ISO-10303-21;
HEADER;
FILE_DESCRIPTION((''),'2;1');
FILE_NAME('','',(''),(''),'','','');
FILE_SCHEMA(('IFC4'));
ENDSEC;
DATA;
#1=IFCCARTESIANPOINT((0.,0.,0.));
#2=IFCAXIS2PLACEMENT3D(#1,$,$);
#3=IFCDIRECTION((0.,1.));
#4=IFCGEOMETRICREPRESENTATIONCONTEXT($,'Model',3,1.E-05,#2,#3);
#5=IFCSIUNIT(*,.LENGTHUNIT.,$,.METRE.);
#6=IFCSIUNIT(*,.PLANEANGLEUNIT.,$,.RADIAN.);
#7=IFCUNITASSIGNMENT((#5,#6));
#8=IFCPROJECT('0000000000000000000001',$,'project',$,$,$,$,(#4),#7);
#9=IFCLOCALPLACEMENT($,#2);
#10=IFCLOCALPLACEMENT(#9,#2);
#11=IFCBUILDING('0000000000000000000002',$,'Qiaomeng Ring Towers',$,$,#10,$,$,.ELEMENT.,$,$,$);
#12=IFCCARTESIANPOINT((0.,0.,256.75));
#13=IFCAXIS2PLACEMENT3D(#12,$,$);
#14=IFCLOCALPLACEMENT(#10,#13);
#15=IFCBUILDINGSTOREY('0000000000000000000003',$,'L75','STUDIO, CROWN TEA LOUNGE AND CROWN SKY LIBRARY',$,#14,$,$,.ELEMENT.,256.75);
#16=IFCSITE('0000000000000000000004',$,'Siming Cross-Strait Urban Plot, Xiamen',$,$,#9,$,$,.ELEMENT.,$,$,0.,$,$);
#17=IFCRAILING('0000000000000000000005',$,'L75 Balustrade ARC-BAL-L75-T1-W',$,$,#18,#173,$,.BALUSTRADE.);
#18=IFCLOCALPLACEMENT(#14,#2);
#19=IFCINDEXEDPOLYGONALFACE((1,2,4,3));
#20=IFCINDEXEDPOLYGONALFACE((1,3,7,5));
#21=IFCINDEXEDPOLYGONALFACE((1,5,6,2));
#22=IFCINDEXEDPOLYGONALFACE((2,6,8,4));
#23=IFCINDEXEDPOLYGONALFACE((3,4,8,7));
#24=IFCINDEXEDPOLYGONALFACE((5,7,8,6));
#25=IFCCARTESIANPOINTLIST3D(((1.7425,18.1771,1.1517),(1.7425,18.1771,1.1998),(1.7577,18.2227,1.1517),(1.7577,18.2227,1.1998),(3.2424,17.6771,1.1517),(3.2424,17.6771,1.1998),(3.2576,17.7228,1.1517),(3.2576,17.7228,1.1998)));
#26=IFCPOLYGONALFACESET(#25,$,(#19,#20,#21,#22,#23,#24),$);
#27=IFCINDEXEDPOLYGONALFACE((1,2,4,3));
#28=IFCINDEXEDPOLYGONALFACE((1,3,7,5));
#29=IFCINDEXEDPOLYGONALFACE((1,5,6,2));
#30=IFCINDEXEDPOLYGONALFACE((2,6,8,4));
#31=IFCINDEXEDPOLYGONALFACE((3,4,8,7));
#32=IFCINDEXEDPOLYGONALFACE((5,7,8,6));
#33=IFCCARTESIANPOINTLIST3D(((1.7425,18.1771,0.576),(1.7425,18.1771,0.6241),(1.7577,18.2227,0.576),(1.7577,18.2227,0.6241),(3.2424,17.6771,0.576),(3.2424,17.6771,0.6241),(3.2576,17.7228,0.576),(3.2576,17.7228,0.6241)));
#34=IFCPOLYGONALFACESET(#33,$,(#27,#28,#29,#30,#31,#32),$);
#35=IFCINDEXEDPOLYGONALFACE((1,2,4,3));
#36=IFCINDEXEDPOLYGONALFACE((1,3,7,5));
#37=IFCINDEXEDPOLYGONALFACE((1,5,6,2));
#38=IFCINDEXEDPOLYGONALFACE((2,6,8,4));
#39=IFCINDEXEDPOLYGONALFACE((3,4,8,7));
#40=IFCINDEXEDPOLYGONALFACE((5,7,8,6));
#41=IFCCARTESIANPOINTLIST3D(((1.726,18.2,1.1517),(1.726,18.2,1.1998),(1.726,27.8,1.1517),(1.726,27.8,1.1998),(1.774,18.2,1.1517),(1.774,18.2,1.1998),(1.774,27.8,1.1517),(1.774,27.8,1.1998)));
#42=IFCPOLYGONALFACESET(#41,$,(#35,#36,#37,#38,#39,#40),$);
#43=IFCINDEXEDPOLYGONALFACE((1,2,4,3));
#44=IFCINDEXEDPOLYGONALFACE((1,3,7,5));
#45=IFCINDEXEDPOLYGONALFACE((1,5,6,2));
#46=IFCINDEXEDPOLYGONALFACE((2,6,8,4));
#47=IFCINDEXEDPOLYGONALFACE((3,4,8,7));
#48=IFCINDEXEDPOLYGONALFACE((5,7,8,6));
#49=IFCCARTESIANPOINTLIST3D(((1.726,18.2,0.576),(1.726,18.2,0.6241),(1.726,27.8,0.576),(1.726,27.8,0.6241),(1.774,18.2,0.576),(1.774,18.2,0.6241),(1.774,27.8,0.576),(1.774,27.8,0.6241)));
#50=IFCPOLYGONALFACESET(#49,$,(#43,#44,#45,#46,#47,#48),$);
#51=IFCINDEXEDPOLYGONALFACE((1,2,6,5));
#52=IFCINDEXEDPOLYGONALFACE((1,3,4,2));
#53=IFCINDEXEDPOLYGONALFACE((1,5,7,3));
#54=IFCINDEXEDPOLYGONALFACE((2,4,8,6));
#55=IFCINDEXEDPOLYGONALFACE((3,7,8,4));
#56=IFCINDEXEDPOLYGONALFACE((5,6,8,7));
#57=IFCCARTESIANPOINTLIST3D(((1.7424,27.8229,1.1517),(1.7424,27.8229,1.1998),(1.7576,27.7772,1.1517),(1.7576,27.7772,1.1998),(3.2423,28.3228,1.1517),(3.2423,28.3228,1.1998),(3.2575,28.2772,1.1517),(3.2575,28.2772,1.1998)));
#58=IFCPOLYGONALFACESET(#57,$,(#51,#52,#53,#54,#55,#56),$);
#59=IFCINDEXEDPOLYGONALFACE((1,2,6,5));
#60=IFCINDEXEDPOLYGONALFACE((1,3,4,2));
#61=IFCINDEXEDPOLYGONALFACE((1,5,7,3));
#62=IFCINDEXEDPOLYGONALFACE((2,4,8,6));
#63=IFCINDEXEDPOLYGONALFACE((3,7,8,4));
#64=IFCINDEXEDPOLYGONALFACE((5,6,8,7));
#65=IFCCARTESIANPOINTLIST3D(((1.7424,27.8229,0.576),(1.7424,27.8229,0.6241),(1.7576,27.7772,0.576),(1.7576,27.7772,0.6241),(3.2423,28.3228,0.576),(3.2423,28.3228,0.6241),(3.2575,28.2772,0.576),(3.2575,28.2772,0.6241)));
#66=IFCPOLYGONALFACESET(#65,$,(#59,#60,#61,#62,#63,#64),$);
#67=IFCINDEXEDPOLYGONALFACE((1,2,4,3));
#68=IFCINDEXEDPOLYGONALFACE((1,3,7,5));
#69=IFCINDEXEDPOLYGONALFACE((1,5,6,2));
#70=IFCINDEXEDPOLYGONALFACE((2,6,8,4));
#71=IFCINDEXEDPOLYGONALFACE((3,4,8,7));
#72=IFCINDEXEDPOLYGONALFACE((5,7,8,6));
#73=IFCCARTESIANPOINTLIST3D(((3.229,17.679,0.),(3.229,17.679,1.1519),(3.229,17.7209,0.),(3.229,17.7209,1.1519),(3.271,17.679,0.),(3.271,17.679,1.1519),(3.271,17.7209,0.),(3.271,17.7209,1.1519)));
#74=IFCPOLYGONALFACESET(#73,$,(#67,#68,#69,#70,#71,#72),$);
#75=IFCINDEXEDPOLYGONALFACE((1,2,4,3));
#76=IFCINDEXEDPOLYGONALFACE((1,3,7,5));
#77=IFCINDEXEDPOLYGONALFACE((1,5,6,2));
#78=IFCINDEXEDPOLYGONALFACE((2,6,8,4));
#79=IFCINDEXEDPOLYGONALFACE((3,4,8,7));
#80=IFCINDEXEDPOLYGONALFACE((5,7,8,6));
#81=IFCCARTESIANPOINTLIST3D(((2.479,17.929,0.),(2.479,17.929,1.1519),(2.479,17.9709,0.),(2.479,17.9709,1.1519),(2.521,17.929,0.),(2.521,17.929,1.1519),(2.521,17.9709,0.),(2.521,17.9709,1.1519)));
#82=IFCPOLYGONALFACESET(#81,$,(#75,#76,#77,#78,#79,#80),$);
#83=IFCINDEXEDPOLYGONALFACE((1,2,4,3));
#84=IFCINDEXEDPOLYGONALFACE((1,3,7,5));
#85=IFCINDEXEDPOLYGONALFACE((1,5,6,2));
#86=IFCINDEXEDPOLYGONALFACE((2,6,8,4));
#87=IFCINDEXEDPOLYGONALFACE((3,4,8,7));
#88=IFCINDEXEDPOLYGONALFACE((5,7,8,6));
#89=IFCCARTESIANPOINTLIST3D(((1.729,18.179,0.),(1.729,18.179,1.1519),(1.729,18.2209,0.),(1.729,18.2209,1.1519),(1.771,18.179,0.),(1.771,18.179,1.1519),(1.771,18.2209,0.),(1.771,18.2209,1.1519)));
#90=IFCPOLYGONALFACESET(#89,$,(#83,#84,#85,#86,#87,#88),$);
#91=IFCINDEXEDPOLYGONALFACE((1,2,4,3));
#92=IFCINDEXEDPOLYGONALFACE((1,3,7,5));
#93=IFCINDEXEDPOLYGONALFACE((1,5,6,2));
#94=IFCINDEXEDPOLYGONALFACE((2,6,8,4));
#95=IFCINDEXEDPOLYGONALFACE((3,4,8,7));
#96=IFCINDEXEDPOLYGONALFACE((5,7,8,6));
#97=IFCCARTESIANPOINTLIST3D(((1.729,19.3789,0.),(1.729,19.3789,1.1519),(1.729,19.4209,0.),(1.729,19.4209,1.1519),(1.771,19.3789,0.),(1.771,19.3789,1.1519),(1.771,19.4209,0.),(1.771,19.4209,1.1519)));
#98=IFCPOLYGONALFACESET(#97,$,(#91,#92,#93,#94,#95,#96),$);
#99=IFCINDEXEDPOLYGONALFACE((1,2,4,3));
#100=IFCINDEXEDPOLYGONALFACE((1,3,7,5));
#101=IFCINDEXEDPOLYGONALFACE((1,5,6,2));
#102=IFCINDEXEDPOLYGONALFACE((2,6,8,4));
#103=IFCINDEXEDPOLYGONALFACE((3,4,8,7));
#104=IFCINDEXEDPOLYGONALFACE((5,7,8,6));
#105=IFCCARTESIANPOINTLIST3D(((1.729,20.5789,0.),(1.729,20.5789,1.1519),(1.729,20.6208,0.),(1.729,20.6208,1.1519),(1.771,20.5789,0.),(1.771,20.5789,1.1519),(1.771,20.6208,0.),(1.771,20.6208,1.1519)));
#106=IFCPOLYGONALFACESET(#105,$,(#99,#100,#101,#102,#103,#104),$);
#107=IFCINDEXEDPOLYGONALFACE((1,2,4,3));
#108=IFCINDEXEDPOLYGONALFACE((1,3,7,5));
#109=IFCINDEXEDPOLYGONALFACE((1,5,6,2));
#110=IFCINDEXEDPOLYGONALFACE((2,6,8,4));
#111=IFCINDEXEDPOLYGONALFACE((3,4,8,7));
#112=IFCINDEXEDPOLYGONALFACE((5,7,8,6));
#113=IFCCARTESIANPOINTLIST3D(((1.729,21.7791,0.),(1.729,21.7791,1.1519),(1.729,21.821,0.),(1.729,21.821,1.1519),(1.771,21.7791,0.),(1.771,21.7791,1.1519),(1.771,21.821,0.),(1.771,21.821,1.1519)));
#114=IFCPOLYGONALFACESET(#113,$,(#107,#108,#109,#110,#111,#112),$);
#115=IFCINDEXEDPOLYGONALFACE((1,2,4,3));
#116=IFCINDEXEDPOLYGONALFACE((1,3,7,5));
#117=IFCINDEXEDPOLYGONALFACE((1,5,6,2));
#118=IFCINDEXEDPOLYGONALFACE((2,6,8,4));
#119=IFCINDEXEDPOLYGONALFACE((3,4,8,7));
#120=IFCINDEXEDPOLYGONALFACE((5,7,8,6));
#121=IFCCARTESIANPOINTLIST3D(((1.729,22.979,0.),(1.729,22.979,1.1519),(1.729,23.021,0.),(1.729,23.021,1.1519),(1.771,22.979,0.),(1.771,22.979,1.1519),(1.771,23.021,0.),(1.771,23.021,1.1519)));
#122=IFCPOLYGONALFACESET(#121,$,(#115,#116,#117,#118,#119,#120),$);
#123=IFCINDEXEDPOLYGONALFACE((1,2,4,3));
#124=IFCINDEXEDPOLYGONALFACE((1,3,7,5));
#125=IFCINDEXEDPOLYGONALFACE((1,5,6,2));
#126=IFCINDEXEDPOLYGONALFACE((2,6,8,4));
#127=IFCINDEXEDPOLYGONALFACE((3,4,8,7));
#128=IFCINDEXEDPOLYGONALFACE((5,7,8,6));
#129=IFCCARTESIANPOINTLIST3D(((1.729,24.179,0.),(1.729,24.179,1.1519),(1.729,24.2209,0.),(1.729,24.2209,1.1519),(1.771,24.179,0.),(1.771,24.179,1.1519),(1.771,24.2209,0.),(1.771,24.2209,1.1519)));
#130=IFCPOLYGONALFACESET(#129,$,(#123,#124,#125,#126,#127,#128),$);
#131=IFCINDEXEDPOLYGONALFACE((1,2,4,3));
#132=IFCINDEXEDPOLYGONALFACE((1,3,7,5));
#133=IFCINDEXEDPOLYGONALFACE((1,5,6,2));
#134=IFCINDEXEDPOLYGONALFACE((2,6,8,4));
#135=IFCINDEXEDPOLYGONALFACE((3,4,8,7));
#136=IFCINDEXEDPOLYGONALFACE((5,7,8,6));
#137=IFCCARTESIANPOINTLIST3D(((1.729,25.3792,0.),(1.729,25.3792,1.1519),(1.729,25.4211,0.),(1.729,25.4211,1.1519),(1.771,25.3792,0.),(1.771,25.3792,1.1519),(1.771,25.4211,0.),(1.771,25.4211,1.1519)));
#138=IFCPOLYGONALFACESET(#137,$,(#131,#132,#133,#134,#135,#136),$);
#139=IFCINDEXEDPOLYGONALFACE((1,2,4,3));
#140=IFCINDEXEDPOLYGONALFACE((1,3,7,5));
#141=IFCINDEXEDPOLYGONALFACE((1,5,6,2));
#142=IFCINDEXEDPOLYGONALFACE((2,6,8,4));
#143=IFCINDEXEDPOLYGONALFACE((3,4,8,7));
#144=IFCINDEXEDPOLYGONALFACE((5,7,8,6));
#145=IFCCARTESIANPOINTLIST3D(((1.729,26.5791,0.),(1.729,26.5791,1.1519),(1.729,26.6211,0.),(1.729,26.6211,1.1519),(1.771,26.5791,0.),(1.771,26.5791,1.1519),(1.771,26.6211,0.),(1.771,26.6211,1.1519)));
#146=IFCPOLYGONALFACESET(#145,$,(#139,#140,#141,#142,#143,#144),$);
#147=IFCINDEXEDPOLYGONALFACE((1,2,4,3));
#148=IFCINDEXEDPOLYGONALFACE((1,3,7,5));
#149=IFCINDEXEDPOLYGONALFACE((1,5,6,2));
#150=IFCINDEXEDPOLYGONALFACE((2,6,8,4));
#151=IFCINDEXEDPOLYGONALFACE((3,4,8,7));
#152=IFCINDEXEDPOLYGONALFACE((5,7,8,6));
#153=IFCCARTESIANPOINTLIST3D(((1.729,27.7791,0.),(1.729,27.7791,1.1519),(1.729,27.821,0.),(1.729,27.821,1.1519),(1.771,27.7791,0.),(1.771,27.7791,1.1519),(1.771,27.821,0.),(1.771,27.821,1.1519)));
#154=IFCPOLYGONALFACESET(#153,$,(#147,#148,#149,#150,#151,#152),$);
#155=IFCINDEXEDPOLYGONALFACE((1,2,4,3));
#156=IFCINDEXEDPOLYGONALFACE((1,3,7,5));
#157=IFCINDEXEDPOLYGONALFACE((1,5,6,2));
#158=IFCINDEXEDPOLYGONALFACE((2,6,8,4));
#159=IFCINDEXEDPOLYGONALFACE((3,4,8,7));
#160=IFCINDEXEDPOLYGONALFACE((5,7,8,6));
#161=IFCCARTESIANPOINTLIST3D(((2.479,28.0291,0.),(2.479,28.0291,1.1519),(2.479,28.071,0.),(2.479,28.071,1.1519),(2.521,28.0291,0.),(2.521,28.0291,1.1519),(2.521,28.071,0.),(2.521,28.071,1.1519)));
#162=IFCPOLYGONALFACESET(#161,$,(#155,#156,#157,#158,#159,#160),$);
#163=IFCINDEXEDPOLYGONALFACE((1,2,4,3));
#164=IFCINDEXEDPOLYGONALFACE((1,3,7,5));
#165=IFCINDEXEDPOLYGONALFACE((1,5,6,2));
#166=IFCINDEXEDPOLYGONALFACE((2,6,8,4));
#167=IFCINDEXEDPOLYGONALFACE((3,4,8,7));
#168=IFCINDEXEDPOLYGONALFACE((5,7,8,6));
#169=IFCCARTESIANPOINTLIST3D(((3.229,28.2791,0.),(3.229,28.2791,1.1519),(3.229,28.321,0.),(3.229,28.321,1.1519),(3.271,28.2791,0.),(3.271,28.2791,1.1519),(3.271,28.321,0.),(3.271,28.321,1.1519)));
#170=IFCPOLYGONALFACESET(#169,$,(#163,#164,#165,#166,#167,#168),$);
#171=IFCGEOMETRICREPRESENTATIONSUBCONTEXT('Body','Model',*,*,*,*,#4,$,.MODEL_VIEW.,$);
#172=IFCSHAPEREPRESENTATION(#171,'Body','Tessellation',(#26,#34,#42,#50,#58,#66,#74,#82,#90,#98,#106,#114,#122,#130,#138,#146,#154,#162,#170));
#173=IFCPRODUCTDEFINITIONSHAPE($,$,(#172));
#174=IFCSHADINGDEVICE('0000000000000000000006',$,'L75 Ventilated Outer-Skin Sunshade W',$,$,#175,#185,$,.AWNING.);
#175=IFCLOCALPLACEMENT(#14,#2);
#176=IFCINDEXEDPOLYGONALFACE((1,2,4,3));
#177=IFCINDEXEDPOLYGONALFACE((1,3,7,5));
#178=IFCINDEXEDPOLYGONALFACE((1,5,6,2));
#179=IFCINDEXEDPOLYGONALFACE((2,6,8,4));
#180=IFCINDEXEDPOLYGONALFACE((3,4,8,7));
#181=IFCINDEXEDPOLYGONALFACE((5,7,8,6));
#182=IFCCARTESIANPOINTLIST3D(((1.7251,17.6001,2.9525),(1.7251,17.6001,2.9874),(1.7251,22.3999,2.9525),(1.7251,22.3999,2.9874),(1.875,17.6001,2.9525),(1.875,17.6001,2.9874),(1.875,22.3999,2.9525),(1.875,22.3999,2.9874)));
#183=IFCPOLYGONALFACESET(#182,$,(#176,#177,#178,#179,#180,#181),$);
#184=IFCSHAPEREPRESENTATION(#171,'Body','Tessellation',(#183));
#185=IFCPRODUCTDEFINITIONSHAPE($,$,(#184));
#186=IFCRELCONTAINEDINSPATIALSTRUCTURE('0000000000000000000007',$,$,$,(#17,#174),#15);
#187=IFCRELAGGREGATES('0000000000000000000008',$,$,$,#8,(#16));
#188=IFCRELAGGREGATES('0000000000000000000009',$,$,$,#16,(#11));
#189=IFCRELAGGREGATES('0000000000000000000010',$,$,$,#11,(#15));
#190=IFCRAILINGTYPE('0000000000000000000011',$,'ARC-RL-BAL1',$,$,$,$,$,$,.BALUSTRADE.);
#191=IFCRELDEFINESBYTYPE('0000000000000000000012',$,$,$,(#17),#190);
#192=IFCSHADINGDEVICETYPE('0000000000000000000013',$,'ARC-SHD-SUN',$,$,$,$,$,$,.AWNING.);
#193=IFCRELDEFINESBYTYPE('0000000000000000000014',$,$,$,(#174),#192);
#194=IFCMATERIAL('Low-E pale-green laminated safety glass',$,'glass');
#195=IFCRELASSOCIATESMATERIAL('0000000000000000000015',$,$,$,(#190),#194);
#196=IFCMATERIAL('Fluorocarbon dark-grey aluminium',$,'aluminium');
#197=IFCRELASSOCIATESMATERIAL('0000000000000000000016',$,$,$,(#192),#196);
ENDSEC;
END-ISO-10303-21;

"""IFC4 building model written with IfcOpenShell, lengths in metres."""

from ifc_helpers import new_model, si_unit, direction, frame, origin, origin_2d, place, context, subcontext, project, spatial, rectangle, extrude, source, transform, mapped, material, material_profile, profile_set, type_object, element, save


model = new_model("IFC4")

# Units and contexts
model_context = context("Model", 3, precision=1e-05, world=origin(), true_north=direction((0.0, 1.0)))
body_context = subcontext(model_context, "Body", "Model", "MODEL_VIEW")
ifc_project = project(units=[si_unit("LENGTHUNIT", "METRE"), si_unit("PLANEANGLEUNIT", "RADIAN")], contexts=[model_context])

# Site, building, storey
site_placement = place(None, origin())
site = spatial("IfcSite", under=ifc_project, at=site_placement, Name="Siming Cross-Strait Urban Plot, Xiamen", CompositionType="ELEMENT", RefElevation=0.0)
building_placement = place(site_placement, origin())
building = spatial("IfcBuilding", under=site, at=building_placement, Name="Qiaomeng Ring Towers", CompositionType="ELEMENT")
storey_placement = place(building_placement, frame((0.0, 0.0, 256.75)))
storey = spatial("IfcBuildingStorey", under=building, at=storey_placement, Name="L75", Description="STUDIO, CROWN TEA LOUNGE AND CROWN SKY LIBRARY", CompositionType="ELEMENT", Elevation=256.75)

# Railing
ifc_material_1 = material(Name="Low-E pale-green laminated safety glass", Category="glass")
railing_type = type_object("IfcRailingType", Name="ARC-RL-BAL1", PredefinedType="BALUSTRADE", material=ifc_material_1)
railing_1_placement = place(storey_placement, frame((3.25, 17.7, 0.0)))
element("IfcRailing", 1, at=railing_1_placement, inside=storey, type_object=railing_type, Name="L75 Balustrade ARC-BAL-L75-T1-W", PredefinedType="BALUSTRADE", context=body_context, shape_type="SweptSolid", body=[
    extrude(rectangle(XDim=0.0481, YDim=0.0481, at=origin_2d()), frame((0.0, 0.0, 1.1758), z_axis=(-0.948683, 0.316228, 0.0), x_axis=(-0.316228, -0.948683, 0.0)), (0.0, 0.0, 1.0), 1.5811),
    extrude(rectangle(XDim=0.0481, YDim=0.0481, at=origin_2d()), frame((0.0, 0.0, 0.6001), z_axis=(-0.948683, 0.316228, 0.0), x_axis=(-0.316228, -0.948683, 0.0)), (0.0, 0.0, 1.0), 1.5811),
    extrude(rectangle(XDim=0.0481, YDim=0.0481, at=origin_2d()), frame((-1.5, 0.5, 1.1758), z_axis=(0.0, 1.0, 0.0), x_axis=(-1.0, 0.0, 0.0)), (0.0, 0.0, 1.0), 9.6001),
    extrude(rectangle(XDim=0.0481, YDim=0.0481, at=origin_2d()), frame((-1.5, 0.5, 0.6001), z_axis=(0.0, 1.0, 0.0), x_axis=(-1.0, 0.0, 0.0)), (0.0, 0.0, 1.0), 9.6001),
    extrude(rectangle(XDim=0.0481, YDim=0.0481, at=origin_2d()), frame((-1.5, 10.1001, 1.1758), z_axis=(0.948683, 0.316228, 0.0), x_axis=(-0.316228, 0.948683, 0.0)), (0.0, 0.0, 1.0), 1.5811),
    extrude(rectangle(XDim=0.0481, YDim=0.0481, at=origin_2d()), frame((-1.5, 10.1001, 0.6001), z_axis=(0.948683, 0.316228, 0.0), x_axis=(-0.316228, 0.948683, 0.0)), (0.0, 0.0, 1.0), 1.5811),
    extrude(rectangle(XDim=0.042, YDim=0.042, at=origin_2d()), origin(), (0.0, 0.0, 1.0), 1.1519),
    extrude(rectangle(XDim=0.042, YDim=0.042, at=origin_2d()), frame((-0.75, 0.25, 0.0)), (0.0, 0.0, 1.0), 1.1519),
    extrude(rectangle(XDim=0.042, YDim=0.042, at=origin_2d()), frame((-1.5, 0.5, 0.0)), (0.0, 0.0, 1.0), 1.1519),
    extrude(rectangle(XDim=0.042, YDim=0.042, at=origin_2d()), frame((-1.5, 1.7, 0.0)), (0.0, 0.0, 1.0), 1.1519),
    extrude(rectangle(XDim=0.042, YDim=0.042, at=origin_2d()), frame((-1.5, 2.8999, 0.0)), (0.0, 0.0, 1.0), 1.1519),
    extrude(rectangle(XDim=0.042, YDim=0.042, at=origin_2d()), frame((-1.5, 4.1001, 0.0)), (0.0, 0.0, 1.0), 1.1519),
    extrude(rectangle(XDim=0.042, YDim=0.042, at=origin_2d()), frame((-1.5, 5.3, 0.0)), (0.0, 0.0, 1.0), 1.1519),
    extrude(rectangle(XDim=0.042, YDim=0.042, at=origin_2d()), frame((-1.5, 6.5, 0.0)), (0.0, 0.0, 1.0), 1.1519),
    extrude(rectangle(XDim=0.042, YDim=0.042, at=origin_2d()), frame((-1.5, 7.7002, 0.0)), (0.0, 0.0, 1.0), 1.1519),
    extrude(rectangle(XDim=0.042, YDim=0.042, at=origin_2d()), frame((-1.5, 8.9001, 0.0)), (0.0, 0.0, 1.0), 1.1519),
    extrude(rectangle(XDim=0.042, YDim=0.042, at=origin_2d()), frame((-1.5, 10.1001, 0.0)), (0.0, 0.0, 1.0), 1.1519),
    extrude(rectangle(XDim=0.042, YDim=0.042, at=origin_2d()), frame((-0.75, 10.3501, 0.0)), (0.0, 0.0, 1.0), 1.1519),
    extrude(rectangle(XDim=0.042, YDim=0.042, at=origin_2d()), frame((0.0, 10.6001, 0.0)), (0.0, 0.0, 1.0), 1.1519),
])

# Shading device
ifc_material_2 = material(Name="Fluorocarbon dark-grey aluminium", Category="aluminium")
ifc_material_profile_1 = material_profile(ifc_material_2, rectangle(XDim=0.1499, YDim=0.0349, at=origin_2d()), Name="LV BLADE 150x35")
ifc_profile_set_1 = profile_set([ifc_material_profile_1], Name="Fluorocarbon dark-grey aluminium")
shading_device_type = type_object("IfcShadingDeviceType", Name="ARC-SHD-SUN", PredefinedType="AWNING", material=ifc_profile_set_1)
shared_shape_1 = source(origin(), body_context, "Body", "SweptSolid", [
    extrude(rectangle(XDim=0.1499, YDim=0.0349, at=origin_2d()), origin(), (0.0, 0.0, 1.0), 4.7998),
])
shading_device_placement = place(storey_placement, frame((1.8, 17.6001, 2.97), z_axis=(0.0, 1.0, 0.0), x_axis=(-1.0, 0.0, 0.0)))
element("IfcShadingDevice", 2, at=shading_device_placement, inside=storey, type_object=shading_device_type, Name="L75 Ventilated Outer-Skin Sunshade W", PredefinedType="AWNING", context=body_context, shape_type="MappedRepresentation", body=[
    mapped(shared_shape_1, transform((0.0, 0.0, 0.0), x_axis=(1.0, 0.0, 0.0), y_axis=(0.0, 1.0, 0.0), z_axis=(0.0, 0.0, 1.0), scale=1.0)),
])

save(model, "model.ifc")
